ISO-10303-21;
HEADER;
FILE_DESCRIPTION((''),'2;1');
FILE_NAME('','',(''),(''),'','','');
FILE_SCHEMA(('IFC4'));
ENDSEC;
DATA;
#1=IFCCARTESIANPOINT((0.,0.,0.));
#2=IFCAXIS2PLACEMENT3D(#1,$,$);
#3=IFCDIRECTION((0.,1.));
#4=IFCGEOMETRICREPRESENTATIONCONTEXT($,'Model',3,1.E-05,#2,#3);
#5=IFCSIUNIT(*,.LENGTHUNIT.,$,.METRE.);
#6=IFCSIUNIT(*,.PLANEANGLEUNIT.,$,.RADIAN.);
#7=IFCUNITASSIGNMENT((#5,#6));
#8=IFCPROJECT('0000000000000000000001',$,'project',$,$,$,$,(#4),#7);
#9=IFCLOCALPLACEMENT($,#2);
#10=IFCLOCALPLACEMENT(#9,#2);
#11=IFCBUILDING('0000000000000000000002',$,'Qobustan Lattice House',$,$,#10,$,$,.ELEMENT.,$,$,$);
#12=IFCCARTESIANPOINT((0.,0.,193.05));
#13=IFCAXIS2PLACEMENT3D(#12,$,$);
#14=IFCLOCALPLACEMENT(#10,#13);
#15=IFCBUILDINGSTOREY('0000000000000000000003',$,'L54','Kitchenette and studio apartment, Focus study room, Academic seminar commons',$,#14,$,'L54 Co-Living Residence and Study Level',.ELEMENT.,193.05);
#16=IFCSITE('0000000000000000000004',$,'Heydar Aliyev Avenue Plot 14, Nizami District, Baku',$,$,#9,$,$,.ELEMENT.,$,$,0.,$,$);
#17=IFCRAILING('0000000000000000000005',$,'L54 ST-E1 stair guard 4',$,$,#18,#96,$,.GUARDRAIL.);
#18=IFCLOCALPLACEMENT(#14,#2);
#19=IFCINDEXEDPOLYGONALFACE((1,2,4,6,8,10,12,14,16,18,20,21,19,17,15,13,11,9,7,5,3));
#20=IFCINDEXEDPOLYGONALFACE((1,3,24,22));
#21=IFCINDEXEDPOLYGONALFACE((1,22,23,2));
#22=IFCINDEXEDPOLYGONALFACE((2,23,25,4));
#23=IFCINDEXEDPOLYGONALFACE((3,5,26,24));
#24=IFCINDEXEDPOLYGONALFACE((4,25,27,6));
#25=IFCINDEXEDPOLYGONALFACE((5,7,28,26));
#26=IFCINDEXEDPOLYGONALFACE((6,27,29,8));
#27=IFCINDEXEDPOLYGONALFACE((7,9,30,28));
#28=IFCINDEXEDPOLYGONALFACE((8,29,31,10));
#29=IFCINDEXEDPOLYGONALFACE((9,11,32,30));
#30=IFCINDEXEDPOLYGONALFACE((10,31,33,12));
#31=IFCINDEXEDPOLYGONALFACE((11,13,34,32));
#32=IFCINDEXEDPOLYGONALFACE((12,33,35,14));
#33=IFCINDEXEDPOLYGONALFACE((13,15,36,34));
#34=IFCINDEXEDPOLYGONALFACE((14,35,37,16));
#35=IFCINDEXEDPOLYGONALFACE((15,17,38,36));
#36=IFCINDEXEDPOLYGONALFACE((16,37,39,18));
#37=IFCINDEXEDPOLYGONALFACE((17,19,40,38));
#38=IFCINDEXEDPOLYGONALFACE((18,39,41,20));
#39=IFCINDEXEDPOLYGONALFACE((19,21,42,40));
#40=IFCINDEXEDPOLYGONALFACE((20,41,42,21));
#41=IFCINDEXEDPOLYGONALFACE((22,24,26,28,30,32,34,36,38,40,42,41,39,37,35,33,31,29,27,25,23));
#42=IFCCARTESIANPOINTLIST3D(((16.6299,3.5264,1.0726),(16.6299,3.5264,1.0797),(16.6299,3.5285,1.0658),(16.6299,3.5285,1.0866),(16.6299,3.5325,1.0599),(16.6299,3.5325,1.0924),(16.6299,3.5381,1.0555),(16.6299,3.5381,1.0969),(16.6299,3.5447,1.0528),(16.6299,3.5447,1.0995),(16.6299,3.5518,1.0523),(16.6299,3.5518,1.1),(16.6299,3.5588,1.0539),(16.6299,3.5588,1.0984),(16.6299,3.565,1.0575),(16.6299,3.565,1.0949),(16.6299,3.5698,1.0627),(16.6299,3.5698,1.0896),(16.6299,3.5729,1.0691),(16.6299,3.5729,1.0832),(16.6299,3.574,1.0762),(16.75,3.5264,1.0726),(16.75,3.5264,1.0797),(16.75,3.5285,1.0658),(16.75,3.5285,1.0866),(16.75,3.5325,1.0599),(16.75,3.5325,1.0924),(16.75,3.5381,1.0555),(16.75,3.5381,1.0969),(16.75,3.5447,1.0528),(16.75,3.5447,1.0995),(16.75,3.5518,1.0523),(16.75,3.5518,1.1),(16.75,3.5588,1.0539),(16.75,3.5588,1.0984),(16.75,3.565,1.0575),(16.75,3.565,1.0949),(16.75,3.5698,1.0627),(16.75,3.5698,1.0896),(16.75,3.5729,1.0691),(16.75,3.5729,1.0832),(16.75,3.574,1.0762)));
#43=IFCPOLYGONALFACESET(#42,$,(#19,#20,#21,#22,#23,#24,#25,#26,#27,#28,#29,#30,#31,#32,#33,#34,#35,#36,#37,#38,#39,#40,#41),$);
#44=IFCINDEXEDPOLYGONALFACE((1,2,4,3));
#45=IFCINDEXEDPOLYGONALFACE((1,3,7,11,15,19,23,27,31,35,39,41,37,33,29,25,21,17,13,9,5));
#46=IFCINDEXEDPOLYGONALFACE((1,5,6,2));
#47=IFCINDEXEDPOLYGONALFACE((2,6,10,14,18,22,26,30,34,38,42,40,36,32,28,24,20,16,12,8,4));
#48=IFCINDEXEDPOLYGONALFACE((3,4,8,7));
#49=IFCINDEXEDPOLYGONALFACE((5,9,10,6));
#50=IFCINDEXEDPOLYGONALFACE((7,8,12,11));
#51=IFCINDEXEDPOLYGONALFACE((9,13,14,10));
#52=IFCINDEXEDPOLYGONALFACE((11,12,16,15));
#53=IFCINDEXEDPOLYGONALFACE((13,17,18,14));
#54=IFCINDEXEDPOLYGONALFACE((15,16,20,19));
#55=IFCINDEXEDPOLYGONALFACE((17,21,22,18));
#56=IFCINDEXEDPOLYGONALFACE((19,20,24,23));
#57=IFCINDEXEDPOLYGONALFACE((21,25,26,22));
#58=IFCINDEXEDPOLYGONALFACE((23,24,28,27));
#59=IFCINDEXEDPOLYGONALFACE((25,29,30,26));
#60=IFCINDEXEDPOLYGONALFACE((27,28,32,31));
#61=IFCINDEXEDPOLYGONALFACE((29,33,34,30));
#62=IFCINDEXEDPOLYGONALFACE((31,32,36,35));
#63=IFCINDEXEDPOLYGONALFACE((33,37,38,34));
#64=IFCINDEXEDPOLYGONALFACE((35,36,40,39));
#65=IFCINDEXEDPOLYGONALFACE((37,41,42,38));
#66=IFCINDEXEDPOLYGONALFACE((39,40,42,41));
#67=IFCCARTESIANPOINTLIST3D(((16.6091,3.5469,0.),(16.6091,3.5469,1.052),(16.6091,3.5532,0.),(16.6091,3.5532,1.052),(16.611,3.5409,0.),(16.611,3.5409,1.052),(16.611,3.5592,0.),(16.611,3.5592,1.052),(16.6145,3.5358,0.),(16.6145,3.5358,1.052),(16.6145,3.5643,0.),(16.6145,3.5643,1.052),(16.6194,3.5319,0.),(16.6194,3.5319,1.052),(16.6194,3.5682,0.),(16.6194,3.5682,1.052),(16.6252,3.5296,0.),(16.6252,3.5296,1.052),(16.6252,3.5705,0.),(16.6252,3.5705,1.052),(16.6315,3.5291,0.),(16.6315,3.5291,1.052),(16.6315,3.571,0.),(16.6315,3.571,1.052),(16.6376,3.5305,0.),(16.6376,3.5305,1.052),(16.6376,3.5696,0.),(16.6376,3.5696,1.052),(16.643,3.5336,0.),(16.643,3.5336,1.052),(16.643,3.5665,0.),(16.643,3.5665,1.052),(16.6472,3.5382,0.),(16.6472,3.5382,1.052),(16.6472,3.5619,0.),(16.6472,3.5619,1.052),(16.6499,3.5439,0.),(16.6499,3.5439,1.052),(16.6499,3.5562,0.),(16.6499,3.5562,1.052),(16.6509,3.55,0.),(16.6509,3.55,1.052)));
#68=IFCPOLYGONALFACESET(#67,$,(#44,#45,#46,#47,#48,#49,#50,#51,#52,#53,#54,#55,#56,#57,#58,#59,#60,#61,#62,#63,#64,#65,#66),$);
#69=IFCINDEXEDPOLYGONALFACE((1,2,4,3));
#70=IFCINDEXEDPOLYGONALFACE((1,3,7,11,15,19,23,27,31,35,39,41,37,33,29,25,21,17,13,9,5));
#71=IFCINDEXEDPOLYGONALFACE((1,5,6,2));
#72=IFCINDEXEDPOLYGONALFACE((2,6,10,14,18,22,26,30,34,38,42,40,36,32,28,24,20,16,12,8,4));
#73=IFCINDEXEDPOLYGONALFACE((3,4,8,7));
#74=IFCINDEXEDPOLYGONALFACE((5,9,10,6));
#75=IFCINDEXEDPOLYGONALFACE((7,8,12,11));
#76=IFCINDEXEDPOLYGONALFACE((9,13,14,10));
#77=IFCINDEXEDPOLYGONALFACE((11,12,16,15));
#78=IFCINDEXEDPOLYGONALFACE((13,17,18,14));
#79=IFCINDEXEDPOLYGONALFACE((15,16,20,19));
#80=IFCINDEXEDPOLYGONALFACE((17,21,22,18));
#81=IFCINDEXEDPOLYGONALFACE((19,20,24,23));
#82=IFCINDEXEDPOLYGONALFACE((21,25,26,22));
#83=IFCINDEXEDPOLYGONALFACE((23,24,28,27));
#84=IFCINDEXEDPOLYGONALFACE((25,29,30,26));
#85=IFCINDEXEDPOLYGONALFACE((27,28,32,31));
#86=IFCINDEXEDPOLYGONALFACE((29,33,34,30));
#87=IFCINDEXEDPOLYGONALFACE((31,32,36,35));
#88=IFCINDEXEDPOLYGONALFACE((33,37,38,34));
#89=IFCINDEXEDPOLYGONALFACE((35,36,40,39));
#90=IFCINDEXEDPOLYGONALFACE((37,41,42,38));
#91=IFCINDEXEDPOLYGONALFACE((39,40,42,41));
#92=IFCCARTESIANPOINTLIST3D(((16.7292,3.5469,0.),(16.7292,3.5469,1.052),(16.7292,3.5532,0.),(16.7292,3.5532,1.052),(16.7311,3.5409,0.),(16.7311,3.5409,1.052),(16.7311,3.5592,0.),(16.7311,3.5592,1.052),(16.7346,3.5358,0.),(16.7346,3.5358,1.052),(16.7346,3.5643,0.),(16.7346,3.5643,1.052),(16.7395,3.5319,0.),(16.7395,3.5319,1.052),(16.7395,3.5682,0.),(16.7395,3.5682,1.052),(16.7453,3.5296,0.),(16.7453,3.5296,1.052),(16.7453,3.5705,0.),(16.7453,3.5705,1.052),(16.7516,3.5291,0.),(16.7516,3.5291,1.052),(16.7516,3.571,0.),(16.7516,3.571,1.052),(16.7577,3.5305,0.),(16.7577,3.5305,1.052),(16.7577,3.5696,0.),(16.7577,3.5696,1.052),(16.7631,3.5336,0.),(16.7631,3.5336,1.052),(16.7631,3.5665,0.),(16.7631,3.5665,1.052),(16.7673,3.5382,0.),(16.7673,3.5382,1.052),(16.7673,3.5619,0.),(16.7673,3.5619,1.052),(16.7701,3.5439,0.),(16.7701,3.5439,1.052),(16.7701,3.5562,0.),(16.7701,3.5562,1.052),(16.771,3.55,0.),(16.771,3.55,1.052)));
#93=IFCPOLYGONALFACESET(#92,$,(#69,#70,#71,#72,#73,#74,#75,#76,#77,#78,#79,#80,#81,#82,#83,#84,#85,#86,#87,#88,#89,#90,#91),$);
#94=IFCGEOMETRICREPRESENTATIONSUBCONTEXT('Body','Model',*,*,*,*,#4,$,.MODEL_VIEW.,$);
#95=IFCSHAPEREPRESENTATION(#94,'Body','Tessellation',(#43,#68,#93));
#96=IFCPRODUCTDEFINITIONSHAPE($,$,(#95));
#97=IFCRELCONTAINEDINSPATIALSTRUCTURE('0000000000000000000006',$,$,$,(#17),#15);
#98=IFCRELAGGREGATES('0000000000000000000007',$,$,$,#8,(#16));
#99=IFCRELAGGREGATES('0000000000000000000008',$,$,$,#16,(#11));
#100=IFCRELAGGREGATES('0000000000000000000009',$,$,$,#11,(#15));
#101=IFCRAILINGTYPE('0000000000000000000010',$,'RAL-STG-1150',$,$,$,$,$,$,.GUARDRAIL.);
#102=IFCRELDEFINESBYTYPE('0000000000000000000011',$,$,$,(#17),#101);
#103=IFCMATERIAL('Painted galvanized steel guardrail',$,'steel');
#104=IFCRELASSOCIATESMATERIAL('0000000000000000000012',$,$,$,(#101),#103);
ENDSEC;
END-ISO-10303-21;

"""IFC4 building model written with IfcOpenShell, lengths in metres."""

from ifc_helpers import new_model, si_unit, direction, frame, origin, origin_2d, place, context, subcontext, project, spatial, circle, extrude, material, type_object, element, save


model = new_model("IFC4")

# Units and contexts
model_context = context("Model", 3, precision=1e-05, world=origin(), true_north=direction((0.0, 1.0)))
body_context = subcontext(model_context, "Body", "Model", "MODEL_VIEW")
ifc_project = project(units=[si_unit("LENGTHUNIT", "METRE"), si_unit("PLANEANGLEUNIT", "RADIAN")], contexts=[model_context])

# Site, building, storey
site_placement = place(None, origin())
site = spatial("IfcSite", under=ifc_project, at=site_placement, Name="Heydar Aliyev Avenue Plot 14, Nizami District, Baku", CompositionType="ELEMENT", RefElevation=0.0)
building_placement = place(site_placement, origin())
building = spatial("IfcBuilding", under=site, at=building_placement, Name="Qobustan Lattice House", CompositionType="ELEMENT")
storey_placement = place(building_placement, frame((0.0, 0.0, 193.05)))
storey = spatial("IfcBuildingStorey", under=building, at=storey_placement, Name="L54", Description="Kitchenette and studio apartment, Focus study room, Academic seminar commons", LongName="L54 Co-Living Residence and Study Level", CompositionType="ELEMENT", Elevation=193.05)

# Railing
ifc_material_1 = material(Name="Painted galvanized steel guardrail", Category="steel")
railing_type_1 = type_object("IfcRailingType", Name="RAL-STG-1150", PredefinedType="GUARDRAIL", material=ifc_material_1)
railing_1_placement = place(storey_placement, frame((16.6299, 3.55, 0.0)))
element("IfcRailing", 1, at=railing_1_placement, inside=storey, type_object=railing_type_1, Name="L54 ST-E1 stair guard 4", PredefinedType="GUARDRAIL", context=body_context, shape_type="SweptSolid", body=[
    extrude(circle(Radius=0.0239, at=origin_2d()), frame((0.0, 0.0, 1.0762), z_axis=(1.0, 0.0, 0.0), x_axis=(0.0, 1.0, 0.0)), (0.0, 0.0, 1.0), 0.1201),
    extrude(circle(Radius=0.021, at=origin_2d()), origin(), (0.0, 0.0, 1.0), 1.052),
    extrude(circle(Radius=0.021, at=origin_2d()), frame((0.1201, 0.0, 0.0)), (0.0, 0.0, 1.0), 1.052),
])

save(model, "model.ifc")
